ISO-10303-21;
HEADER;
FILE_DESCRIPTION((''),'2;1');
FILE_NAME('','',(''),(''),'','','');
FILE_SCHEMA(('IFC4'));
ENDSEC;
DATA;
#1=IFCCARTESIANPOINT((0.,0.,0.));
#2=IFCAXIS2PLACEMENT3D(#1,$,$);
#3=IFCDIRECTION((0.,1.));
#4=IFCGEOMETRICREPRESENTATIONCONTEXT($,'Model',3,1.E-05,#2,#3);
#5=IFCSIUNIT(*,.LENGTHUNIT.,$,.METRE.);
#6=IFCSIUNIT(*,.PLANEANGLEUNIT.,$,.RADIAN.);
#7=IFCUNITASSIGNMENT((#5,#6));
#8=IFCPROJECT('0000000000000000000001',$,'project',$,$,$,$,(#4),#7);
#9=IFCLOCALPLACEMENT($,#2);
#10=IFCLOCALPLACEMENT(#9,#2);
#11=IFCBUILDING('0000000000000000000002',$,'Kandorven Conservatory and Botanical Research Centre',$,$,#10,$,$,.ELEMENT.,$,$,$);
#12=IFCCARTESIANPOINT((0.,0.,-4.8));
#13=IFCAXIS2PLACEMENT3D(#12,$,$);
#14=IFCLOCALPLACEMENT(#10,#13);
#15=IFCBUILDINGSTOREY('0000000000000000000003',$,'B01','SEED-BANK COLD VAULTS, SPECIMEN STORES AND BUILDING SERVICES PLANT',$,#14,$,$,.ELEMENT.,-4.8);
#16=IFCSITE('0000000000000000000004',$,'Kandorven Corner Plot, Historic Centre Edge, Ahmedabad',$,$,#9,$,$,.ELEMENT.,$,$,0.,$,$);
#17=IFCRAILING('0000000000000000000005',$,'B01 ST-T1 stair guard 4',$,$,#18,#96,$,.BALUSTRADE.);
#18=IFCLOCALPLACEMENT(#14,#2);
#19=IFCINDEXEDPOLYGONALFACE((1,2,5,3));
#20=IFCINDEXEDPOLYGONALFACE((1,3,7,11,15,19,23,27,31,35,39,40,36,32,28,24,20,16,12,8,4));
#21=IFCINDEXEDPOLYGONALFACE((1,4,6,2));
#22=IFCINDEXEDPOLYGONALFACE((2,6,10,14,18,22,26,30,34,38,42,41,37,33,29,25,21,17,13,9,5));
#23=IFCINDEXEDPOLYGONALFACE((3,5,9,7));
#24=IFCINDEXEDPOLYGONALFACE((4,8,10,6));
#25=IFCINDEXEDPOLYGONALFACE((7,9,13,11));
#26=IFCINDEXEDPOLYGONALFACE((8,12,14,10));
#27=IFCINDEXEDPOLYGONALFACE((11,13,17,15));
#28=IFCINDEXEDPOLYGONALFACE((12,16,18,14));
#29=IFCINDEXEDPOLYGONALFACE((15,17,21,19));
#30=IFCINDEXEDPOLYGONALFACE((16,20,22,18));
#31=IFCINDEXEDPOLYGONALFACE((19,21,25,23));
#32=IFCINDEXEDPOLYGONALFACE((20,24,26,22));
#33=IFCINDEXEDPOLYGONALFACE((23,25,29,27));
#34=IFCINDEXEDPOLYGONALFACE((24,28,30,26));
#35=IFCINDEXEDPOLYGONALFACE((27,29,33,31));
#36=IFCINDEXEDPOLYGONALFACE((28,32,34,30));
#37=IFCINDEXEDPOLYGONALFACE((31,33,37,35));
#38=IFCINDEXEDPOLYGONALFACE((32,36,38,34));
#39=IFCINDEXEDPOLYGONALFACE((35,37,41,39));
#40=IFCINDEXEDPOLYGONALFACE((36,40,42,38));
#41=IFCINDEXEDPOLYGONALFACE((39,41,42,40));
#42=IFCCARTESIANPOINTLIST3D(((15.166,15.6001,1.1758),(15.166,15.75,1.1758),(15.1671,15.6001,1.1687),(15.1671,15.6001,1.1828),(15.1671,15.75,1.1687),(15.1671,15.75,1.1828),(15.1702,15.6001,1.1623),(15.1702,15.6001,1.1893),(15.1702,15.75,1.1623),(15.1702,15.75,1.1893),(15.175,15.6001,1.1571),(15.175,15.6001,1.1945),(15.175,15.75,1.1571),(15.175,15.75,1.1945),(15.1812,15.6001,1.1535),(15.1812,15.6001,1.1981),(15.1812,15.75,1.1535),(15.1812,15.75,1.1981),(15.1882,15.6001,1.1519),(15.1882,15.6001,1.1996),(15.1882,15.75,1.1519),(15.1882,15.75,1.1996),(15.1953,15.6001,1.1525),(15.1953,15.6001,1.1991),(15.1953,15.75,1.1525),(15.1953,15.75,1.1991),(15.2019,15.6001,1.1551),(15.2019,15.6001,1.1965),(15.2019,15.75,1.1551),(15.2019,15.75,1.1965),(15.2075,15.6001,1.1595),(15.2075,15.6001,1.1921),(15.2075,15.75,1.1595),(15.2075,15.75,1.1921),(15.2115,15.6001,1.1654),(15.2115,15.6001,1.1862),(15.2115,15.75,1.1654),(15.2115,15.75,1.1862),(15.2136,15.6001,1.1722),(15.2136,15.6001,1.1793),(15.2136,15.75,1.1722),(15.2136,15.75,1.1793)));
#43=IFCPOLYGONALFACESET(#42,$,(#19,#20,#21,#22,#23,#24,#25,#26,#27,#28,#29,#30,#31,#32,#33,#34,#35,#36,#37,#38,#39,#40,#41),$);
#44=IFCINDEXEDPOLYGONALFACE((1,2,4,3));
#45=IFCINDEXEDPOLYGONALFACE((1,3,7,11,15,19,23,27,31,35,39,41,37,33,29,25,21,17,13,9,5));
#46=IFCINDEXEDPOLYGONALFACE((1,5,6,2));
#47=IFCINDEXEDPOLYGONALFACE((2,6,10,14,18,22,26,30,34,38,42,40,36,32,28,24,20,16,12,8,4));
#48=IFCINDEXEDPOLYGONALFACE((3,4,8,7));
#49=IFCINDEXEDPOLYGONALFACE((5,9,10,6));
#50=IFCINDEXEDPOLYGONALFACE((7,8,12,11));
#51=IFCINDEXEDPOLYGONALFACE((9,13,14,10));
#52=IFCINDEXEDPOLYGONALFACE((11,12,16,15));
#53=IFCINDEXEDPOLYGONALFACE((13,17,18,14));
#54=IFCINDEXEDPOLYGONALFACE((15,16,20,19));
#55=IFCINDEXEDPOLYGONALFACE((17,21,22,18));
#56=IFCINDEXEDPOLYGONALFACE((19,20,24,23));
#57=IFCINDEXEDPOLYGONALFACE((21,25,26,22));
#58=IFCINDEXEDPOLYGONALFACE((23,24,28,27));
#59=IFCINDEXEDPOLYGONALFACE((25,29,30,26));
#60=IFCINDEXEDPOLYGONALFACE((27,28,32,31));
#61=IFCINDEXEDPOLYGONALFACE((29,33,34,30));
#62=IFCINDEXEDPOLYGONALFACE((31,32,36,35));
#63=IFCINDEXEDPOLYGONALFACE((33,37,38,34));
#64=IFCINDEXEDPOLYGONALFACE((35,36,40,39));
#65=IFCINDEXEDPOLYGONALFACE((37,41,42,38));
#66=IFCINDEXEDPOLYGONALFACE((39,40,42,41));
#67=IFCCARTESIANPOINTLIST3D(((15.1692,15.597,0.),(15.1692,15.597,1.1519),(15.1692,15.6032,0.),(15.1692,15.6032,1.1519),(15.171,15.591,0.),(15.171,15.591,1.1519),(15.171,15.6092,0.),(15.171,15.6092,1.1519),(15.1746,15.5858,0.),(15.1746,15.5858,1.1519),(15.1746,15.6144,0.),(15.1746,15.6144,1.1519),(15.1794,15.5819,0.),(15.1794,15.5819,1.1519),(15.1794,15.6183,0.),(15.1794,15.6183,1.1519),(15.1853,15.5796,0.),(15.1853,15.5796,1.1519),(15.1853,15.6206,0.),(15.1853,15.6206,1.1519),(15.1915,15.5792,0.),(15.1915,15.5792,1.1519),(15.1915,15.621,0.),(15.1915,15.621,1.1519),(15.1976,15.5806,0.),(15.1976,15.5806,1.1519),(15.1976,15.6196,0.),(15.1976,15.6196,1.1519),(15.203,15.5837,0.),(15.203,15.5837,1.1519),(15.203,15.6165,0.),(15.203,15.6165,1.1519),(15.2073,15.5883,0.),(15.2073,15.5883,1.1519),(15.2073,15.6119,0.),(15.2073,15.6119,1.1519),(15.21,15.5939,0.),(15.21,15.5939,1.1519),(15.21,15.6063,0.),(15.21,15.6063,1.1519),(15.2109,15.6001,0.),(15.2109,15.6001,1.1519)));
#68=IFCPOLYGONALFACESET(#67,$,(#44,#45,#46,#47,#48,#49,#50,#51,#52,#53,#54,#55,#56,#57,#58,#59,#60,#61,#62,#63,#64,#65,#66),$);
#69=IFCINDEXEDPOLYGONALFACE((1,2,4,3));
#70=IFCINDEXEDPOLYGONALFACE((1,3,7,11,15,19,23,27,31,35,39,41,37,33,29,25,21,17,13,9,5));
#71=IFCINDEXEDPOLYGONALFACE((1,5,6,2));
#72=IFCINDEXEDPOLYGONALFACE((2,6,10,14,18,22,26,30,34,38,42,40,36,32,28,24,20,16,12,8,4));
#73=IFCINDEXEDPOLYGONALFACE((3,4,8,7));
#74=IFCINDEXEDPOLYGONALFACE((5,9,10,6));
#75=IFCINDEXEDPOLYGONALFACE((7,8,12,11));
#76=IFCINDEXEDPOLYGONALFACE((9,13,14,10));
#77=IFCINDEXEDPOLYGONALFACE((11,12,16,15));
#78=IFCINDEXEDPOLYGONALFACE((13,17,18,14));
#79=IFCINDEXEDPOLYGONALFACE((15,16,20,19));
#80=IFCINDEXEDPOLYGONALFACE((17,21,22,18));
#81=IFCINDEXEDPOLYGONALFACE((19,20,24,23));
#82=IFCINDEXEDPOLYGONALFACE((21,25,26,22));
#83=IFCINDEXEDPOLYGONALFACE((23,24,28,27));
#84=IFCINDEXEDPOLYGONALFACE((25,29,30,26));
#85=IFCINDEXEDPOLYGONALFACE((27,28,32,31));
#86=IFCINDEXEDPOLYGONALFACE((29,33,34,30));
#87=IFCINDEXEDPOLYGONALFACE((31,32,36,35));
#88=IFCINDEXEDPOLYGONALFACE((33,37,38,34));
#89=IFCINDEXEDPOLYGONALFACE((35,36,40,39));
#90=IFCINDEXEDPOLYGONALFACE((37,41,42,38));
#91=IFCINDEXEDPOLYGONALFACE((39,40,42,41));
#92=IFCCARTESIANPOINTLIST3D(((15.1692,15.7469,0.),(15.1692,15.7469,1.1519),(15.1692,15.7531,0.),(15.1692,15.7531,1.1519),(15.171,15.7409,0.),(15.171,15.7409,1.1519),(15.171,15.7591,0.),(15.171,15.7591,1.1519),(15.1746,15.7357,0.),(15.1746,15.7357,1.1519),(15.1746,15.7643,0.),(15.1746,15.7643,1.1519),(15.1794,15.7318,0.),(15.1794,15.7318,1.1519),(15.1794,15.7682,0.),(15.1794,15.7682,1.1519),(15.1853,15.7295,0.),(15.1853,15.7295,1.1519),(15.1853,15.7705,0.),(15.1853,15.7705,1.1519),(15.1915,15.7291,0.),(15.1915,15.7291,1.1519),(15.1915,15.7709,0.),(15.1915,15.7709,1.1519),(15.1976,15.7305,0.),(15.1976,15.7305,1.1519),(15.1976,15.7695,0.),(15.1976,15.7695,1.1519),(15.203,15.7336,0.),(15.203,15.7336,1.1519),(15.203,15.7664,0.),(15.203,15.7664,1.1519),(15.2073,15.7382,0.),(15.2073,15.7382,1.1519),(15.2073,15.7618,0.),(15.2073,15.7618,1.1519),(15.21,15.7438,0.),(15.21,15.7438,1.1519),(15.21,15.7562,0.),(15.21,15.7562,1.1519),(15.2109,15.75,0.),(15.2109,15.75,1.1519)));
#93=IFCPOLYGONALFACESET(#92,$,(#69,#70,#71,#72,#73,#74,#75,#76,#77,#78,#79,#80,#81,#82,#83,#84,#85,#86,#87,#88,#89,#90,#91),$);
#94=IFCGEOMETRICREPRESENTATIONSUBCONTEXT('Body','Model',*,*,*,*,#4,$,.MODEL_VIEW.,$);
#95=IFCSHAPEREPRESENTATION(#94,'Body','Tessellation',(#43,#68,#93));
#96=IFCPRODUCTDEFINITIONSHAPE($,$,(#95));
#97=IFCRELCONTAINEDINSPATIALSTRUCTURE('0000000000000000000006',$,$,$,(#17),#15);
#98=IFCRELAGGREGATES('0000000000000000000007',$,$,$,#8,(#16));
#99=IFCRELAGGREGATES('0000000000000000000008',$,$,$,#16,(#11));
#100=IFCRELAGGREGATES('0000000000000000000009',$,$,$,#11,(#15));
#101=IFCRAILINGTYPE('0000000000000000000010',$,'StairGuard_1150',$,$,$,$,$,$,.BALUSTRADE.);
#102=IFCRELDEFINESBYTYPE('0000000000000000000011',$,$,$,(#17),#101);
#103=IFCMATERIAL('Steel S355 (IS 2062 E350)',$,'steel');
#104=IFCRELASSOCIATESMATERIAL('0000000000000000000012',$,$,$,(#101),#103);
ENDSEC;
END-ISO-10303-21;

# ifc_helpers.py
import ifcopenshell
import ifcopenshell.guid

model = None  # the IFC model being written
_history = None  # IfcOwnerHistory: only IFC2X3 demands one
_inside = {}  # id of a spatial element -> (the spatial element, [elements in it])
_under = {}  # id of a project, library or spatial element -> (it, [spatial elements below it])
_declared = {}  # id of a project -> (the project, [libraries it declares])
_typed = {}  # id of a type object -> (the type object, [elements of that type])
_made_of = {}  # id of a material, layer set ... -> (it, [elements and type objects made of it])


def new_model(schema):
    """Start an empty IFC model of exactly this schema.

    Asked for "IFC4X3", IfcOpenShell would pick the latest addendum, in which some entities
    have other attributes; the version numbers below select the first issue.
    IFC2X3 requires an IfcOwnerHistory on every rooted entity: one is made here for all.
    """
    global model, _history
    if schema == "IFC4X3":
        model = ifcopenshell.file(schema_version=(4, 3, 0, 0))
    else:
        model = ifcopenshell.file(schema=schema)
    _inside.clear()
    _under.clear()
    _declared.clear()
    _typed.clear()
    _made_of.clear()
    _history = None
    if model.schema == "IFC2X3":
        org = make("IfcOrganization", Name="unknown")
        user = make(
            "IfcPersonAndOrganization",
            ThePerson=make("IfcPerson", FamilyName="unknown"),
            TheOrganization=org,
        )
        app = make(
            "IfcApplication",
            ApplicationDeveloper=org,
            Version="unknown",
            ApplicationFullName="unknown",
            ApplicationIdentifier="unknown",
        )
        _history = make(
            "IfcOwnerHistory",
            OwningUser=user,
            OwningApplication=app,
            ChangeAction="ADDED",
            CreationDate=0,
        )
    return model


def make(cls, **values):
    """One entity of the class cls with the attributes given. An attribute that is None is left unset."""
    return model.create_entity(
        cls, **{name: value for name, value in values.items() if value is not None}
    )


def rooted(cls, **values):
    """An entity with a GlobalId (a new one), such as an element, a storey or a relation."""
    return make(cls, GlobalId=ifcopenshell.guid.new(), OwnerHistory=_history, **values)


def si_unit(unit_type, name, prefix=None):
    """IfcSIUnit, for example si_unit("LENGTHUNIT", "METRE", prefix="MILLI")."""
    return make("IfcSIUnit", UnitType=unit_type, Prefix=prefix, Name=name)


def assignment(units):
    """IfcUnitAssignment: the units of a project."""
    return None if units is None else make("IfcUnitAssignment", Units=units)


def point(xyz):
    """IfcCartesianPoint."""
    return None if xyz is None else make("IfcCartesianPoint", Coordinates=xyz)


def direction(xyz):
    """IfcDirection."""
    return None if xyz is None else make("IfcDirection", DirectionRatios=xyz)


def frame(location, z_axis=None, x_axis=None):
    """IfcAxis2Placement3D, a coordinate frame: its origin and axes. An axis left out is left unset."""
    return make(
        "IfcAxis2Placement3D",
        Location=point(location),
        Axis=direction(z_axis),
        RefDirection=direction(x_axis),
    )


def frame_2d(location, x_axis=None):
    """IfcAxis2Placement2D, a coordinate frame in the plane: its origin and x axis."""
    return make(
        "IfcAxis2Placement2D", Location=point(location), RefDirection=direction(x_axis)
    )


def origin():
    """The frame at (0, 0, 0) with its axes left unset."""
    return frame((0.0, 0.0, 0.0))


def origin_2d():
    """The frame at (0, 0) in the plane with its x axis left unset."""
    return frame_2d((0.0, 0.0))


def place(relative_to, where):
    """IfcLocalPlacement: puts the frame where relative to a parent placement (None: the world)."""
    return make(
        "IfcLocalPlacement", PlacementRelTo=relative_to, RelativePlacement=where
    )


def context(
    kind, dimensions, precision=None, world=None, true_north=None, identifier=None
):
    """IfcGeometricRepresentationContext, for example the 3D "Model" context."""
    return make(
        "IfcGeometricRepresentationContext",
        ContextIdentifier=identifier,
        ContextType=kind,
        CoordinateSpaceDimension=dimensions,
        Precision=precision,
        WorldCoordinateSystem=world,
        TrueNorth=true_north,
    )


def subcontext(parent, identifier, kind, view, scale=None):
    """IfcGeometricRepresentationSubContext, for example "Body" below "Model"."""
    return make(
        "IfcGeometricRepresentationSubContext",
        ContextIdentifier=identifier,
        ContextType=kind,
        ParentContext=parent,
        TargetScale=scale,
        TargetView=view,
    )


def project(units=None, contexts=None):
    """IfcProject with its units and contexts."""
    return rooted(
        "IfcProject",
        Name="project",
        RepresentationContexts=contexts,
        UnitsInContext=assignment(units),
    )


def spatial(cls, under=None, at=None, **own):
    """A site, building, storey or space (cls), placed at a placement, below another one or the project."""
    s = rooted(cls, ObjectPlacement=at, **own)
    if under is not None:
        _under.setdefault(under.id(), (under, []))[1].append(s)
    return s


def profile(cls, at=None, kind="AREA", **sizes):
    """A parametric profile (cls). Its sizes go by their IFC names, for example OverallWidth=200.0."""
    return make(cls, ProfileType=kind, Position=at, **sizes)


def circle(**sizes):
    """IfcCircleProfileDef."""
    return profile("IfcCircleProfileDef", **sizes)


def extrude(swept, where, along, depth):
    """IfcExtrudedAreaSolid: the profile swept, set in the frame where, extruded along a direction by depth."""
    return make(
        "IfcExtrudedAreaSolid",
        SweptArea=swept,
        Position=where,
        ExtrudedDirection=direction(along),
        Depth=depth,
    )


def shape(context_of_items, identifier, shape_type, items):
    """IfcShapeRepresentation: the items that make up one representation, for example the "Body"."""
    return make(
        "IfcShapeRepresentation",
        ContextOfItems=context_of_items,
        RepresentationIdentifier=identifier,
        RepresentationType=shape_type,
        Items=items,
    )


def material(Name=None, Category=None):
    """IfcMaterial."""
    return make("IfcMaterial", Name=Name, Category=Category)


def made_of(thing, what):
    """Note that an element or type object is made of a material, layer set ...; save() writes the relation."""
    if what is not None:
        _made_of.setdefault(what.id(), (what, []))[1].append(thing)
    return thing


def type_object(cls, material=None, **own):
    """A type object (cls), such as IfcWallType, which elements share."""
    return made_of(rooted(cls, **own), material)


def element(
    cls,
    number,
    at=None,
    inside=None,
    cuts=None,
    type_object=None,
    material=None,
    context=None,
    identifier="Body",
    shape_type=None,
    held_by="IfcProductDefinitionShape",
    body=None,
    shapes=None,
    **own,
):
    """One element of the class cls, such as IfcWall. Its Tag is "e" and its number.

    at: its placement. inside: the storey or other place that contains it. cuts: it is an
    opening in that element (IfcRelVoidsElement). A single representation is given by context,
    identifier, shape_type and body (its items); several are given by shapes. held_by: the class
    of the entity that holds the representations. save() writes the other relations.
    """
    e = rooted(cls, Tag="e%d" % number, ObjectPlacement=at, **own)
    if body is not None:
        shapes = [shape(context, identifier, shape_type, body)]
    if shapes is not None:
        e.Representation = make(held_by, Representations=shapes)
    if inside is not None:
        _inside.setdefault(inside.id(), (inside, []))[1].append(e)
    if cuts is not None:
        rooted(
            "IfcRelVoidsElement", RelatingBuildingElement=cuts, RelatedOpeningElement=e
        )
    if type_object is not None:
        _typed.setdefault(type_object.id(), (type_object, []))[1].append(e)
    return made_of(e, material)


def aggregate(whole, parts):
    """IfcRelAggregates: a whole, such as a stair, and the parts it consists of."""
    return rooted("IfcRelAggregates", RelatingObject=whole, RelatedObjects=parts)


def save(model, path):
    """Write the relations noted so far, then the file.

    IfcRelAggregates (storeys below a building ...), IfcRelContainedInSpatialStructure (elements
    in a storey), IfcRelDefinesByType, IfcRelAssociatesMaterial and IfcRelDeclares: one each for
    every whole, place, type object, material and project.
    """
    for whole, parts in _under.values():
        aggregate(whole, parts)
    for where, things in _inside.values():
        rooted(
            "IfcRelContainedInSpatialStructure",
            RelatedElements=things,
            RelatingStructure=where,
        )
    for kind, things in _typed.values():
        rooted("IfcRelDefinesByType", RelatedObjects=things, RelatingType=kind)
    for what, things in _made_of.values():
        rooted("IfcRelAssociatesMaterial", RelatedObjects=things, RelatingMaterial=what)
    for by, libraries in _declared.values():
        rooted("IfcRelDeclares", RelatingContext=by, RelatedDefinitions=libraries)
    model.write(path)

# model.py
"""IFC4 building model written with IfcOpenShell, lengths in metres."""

from ifc_helpers import new_model, si_unit, direction, frame, origin, origin_2d, place, context, subcontext, project, spatial, circle, extrude, material, type_object, element, save


model = new_model("IFC4")

# Units and contexts
model_context = context("Model", 3, precision=1e-05, world=origin(), true_north=direction((0.0, 1.0)))
body_context = subcontext(model_context, "Body", "Model", "MODEL_VIEW")
ifc_project = project(units=[si_unit("LENGTHUNIT", "METRE"), si_unit("PLANEANGLEUNIT", "RADIAN")], contexts=[model_context])

# Site, building, storey
site_placement = place(None, origin())
site = spatial("IfcSite", under=ifc_project, at=site_placement, Name="Kandorven Corner Plot, Historic Centre Edge, Ahmedabad", CompositionType="ELEMENT", RefElevation=0.0)
building_placement = place(site_placement, origin())
building = spatial("IfcBuilding", under=site, at=building_placement, Name="Kandorven Conservatory and Botanical Research Centre", CompositionType="ELEMENT")
storey_placement = place(building_placement, frame((0.0, 0.0, -4.8)))
storey = spatial("IfcBuildingStorey", under=building, at=storey_placement, Name="B01", Description="SEED-BANK COLD VAULTS, SPECIMEN STORES AND BUILDING SERVICES PLANT", CompositionType="ELEMENT", Elevation=-4.8)

# Railing
ifc_material_1 = material(Name="Steel S355 (IS 2062 E350)", Category="steel")
railing_type_1 = type_object("IfcRailingType", Name="StairGuard_1150", PredefinedType="BALUSTRADE", material=ifc_material_1)
railing_1_placement = place(storey_placement, frame((15.1899, 15.6001, 0.0)))
element("IfcRailing", 1, at=railing_1_placement, inside=storey, type_object=railing_type_1, Name="B01 ST-T1 stair guard 4", PredefinedType="BALUSTRADE", context=body_context, shape_type="SweptSolid", body=[
    extrude(circle(Radius=0.0239, at=origin_2d()), frame((0.0, 0.0, 1.1758), z_axis=(0.0, 1.0, 0.0), x_axis=(-1.0, 0.0, 0.0)), (0.0, 0.0, 1.0), 0.1499),
    extrude(circle(Radius=0.021, at=origin_2d()), origin(), (0.0, 0.0, 1.0), 1.1519),
    extrude(circle(Radius=0.021, at=origin_2d()), frame((0.0, 0.1499, 0.0)), (0.0, 0.0, 1.0), 1.1519),
])

save(model, "model.ifc")
